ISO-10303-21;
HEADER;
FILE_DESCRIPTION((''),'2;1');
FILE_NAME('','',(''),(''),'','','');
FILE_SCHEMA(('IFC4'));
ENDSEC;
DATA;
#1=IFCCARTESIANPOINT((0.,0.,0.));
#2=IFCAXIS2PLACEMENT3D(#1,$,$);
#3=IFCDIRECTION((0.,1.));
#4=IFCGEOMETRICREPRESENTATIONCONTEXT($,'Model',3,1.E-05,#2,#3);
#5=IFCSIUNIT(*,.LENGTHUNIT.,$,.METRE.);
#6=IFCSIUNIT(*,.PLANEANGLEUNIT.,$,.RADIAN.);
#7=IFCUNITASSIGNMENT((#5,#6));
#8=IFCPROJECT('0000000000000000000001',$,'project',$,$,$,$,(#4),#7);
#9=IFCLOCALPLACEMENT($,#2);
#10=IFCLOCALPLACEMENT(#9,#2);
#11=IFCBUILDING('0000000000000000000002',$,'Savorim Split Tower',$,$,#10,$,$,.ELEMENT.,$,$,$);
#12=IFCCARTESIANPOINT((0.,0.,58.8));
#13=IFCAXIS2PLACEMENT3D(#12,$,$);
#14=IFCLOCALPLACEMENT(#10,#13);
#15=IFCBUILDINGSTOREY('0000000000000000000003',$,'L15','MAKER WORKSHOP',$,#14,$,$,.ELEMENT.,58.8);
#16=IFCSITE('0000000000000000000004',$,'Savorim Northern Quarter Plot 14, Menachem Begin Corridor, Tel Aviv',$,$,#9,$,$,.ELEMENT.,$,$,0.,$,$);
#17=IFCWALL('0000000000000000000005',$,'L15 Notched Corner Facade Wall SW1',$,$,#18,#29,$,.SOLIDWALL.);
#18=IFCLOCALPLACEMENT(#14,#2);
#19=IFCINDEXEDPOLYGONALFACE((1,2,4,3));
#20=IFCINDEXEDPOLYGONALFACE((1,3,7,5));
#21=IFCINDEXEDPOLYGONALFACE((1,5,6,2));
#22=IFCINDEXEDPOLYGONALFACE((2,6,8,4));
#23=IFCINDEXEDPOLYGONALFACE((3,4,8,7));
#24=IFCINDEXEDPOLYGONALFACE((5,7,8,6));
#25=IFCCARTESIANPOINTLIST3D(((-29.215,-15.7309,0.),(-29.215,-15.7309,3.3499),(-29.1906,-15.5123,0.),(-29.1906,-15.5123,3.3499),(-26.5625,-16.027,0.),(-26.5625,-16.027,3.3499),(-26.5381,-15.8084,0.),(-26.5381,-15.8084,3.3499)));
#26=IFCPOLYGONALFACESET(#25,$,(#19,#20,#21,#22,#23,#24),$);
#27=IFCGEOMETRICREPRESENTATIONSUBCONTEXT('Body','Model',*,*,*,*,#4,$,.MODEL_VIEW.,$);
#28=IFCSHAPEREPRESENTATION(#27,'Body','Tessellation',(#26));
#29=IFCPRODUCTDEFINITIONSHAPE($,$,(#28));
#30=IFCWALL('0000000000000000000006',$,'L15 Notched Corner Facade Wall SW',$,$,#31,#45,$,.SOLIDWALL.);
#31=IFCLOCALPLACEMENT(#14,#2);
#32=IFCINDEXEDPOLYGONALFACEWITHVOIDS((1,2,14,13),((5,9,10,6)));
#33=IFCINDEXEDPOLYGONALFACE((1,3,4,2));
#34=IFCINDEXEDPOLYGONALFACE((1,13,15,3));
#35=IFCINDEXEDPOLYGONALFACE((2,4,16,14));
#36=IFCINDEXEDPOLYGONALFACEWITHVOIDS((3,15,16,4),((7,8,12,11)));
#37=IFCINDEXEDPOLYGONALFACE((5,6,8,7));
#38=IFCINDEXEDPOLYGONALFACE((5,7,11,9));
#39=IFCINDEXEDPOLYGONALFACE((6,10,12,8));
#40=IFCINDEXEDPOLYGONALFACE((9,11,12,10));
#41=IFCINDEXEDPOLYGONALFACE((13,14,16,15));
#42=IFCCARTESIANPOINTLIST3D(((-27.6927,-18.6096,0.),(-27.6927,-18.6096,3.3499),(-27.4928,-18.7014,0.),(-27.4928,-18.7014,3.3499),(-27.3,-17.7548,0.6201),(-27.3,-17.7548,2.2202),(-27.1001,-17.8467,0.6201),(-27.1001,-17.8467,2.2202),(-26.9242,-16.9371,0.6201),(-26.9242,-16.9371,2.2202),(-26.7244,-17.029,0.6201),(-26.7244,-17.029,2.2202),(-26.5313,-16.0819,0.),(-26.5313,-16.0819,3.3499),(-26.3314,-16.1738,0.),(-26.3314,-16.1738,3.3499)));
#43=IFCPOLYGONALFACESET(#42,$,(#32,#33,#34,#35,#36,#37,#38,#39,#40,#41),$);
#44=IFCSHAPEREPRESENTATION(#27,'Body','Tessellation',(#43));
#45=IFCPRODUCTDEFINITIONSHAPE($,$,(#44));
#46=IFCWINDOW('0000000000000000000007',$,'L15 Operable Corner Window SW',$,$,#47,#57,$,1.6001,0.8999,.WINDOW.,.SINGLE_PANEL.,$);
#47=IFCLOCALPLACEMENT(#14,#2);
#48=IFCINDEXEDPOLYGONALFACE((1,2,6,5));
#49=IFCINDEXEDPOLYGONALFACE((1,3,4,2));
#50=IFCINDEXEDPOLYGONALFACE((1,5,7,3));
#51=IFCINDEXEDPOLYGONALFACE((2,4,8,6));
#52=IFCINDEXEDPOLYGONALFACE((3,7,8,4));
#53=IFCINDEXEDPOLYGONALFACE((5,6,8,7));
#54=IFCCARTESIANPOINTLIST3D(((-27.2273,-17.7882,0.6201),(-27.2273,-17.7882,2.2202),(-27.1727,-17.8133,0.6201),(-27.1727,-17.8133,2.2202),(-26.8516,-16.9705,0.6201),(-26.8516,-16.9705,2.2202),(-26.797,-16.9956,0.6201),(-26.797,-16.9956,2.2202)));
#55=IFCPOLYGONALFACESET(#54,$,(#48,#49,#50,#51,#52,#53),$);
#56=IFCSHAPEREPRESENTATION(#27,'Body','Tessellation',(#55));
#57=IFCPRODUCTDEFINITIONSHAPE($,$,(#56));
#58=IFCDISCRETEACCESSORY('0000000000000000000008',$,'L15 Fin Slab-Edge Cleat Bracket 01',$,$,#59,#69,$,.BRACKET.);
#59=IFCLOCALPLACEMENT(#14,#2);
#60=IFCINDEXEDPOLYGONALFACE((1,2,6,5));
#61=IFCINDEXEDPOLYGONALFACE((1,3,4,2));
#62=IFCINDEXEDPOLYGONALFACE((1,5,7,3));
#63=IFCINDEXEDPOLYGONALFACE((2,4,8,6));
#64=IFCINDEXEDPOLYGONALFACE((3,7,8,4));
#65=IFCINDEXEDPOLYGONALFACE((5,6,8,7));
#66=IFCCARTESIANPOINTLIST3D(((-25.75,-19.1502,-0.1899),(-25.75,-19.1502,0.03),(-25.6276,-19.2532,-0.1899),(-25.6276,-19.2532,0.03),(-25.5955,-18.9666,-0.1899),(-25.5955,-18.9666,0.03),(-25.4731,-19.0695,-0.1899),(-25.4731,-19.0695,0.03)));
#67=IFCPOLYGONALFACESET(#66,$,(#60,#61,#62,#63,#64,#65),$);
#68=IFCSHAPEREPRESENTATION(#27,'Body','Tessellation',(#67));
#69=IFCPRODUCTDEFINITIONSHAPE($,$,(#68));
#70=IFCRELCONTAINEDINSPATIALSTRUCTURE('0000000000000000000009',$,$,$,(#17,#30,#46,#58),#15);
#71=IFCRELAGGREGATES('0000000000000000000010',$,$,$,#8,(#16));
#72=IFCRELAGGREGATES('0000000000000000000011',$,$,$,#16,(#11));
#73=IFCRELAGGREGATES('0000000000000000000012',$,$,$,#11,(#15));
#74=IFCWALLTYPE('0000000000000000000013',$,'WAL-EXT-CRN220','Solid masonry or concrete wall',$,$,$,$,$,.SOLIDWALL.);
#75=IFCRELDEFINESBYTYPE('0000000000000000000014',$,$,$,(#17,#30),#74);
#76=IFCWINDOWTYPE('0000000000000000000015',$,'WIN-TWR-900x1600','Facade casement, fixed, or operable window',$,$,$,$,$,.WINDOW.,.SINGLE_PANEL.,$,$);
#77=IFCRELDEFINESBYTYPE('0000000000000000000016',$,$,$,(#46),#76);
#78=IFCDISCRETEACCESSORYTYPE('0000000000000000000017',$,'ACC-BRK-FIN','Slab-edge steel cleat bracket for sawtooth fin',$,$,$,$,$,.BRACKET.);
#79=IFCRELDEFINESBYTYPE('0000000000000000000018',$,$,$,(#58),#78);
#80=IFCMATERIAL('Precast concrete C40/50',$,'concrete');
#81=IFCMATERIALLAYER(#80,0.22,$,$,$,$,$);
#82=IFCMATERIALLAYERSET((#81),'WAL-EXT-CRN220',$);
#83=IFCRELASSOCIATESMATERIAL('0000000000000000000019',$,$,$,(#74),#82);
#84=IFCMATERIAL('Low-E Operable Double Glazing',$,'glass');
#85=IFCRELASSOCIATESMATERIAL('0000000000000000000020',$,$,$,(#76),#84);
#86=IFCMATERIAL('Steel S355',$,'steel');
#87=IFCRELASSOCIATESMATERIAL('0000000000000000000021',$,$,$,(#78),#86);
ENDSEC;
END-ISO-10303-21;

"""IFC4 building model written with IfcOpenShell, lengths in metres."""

from ifc_helpers import new_model, si_unit, direction, frame, frame_2d, origin, origin_2d, place, context, subcontext, project, spatial, rectangle, extrude, material, layer, layer_set, type_object, element, fill, save


model = new_model("IFC4")

# Units and contexts
model_context = context("Model", 3, precision=1e-05, world=origin(), true_north=direction((0.0, 1.0)))
body_context = subcontext(model_context, "Body", "Model", "MODEL_VIEW")
ifc_project = project(units=[si_unit("LENGTHUNIT", "METRE"), si_unit("PLANEANGLEUNIT", "RADIAN")], contexts=[model_context])

# Site, building, storey
site_placement = place(None, origin())
site = spatial("IfcSite", under=ifc_project, at=site_placement, Name="Savorim Northern Quarter Plot 14, Menachem Begin Corridor, Tel Aviv", CompositionType="ELEMENT", RefElevation=0.0)
building_placement = place(site_placement, origin())
building = spatial("IfcBuilding", under=site, at=building_placement, Name="Savorim Split Tower", CompositionType="ELEMENT")
storey_placement = place(building_placement, frame((0.0, 0.0, 58.8)))
storey = spatial("IfcBuildingStorey", under=building, at=storey_placement, Name="L15", Description="MAKER WORKSHOP", CompositionType="ELEMENT", Elevation=58.8)

# Shared definitions
ifc_material_1 = material(Name="Steel S355", Category="steel")

# Wall
ifc_material_2 = material(Name="Precast concrete C40/50", Category="concrete")
ifc_layer_1 = layer(ifc_material_2, 0.22)
ifc_layer_set_1 = layer_set([ifc_layer_1], Name="WAL-EXT-CRN220")
wall_type = type_object("IfcWallType", Name="WAL-EXT-CRN220", Description="Solid masonry or concrete wall", PredefinedType="SOLIDWALL", material=ifc_layer_set_1)
wall_1_placement = place(storey_placement, frame((-26.5503, -15.9177, 0.0), z_axis=(0.0, 0.0, 1.0), x_axis=(-0.993824, 0.110964, 0.0)))
element("IfcWall", 1, at=wall_1_placement, inside=storey, type_object=wall_type, Name="L15 Notched Corner Facade Wall SW1", PredefinedType="SOLIDWALL", context=body_context, shape_type="SweptSolid", body=[
    extrude(rectangle(XDim=2.6689, YDim=0.22, at=frame_2d((1.3345, 0.0))), origin(), (0.0, 0.0, 1.0), 3.3499),
])

# Wall, opening, window
wall_2_placement = place(storey_placement, frame((-27.5928, -18.6555, 0.0), z_axis=(0.0, 0.0, 1.0), x_axis=(0.417516, 0.90867, 0.0)))
wall_2 = element("IfcWall", 2, at=wall_2_placement, inside=storey, type_object=wall_type, Name="L15 Notched Corner Facade Wall SW", PredefinedType="SOLIDWALL", context=body_context, shape_type="SweptSolid", body=[
    extrude(rectangle(XDim=2.7817, YDim=0.22, at=frame_2d((1.3909, 0.0))), origin(), (0.0, 0.0, 1.0), 3.3499),
])
opening_placement = place(wall_2_placement, frame((0.9407, 0.0, 0.6201)))
opening = element("IfcOpeningElement", 3, at=opening_placement, cuts=wall_2, PredefinedType="OPENING", context=body_context, shape_type="SweptSolid", body=[
    extrude(rectangle(XDim=0.8999, YDim=1.6001, at=frame_2d((0.45, 0.8))), frame((0.0, 0.1199, 0.0), z_axis=(0.0, -1.0, 0.0), x_axis=(1.0, 0.0, 0.0)), (0.0, 0.0, 1.0), 0.24),
])
ifc_material_3 = material(Name="Low-E Operable Double Glazing", Category="glass")
window_type = type_object("IfcWindowType", Name="WIN-TWR-900x1600", Description="Facade casement, fixed, or operable window", PartitioningType="SINGLE_PANEL", PredefinedType="WINDOW", material=ifc_material_3)
window_placement = place(opening_placement, origin())
window = element("IfcWindow", 4, at=window_placement, inside=storey, type_object=window_type, Name="L15 Operable Corner Window SW", OverallHeight=1.6001, OverallWidth=0.8999, PartitioningType="SINGLE_PANEL", PredefinedType="WINDOW", context=body_context, shape_type="SweptSolid", body=[
    extrude(rectangle(XDim=0.8999, YDim=1.6001, at=frame_2d((0.45, 0.8))), frame((0.0, 0.03, 0.0), z_axis=(0.0, -1.0, 0.0), x_axis=(1.0, 0.0, 0.0)), (0.0, 0.0, 1.0), 0.0601),
])
fill(opening, window)

# Discrete accessory
discrete_accessory_type = type_object("IfcDiscreteAccessoryType", Name="ACC-BRK-FIN", Description="Slab-edge steel cleat bracket for sawtooth fin", PredefinedType="BRACKET", material=ifc_material_1)
discrete_accessory_placement = place(storey_placement, frame((-25.6116, -19.1099, -0.1899), z_axis=(0.0, 0.0, 1.0), x_axis=(-0.643719, -0.765262, 0.0)))
element("IfcDiscreteAccessory", 5, at=discrete_accessory_placement, inside=storey, type_object=discrete_accessory_type, Name="L15 Fin Slab-Edge Cleat Bracket 01", PredefinedType="BRACKET", context=body_context, shape_type="SweptSolid", body=[
    extrude(rectangle(XDim=0.24, YDim=0.1599, at=origin_2d()), origin(), (0.0, 0.0, 1.0), 0.22),
])

save(model, "model.ifc")
